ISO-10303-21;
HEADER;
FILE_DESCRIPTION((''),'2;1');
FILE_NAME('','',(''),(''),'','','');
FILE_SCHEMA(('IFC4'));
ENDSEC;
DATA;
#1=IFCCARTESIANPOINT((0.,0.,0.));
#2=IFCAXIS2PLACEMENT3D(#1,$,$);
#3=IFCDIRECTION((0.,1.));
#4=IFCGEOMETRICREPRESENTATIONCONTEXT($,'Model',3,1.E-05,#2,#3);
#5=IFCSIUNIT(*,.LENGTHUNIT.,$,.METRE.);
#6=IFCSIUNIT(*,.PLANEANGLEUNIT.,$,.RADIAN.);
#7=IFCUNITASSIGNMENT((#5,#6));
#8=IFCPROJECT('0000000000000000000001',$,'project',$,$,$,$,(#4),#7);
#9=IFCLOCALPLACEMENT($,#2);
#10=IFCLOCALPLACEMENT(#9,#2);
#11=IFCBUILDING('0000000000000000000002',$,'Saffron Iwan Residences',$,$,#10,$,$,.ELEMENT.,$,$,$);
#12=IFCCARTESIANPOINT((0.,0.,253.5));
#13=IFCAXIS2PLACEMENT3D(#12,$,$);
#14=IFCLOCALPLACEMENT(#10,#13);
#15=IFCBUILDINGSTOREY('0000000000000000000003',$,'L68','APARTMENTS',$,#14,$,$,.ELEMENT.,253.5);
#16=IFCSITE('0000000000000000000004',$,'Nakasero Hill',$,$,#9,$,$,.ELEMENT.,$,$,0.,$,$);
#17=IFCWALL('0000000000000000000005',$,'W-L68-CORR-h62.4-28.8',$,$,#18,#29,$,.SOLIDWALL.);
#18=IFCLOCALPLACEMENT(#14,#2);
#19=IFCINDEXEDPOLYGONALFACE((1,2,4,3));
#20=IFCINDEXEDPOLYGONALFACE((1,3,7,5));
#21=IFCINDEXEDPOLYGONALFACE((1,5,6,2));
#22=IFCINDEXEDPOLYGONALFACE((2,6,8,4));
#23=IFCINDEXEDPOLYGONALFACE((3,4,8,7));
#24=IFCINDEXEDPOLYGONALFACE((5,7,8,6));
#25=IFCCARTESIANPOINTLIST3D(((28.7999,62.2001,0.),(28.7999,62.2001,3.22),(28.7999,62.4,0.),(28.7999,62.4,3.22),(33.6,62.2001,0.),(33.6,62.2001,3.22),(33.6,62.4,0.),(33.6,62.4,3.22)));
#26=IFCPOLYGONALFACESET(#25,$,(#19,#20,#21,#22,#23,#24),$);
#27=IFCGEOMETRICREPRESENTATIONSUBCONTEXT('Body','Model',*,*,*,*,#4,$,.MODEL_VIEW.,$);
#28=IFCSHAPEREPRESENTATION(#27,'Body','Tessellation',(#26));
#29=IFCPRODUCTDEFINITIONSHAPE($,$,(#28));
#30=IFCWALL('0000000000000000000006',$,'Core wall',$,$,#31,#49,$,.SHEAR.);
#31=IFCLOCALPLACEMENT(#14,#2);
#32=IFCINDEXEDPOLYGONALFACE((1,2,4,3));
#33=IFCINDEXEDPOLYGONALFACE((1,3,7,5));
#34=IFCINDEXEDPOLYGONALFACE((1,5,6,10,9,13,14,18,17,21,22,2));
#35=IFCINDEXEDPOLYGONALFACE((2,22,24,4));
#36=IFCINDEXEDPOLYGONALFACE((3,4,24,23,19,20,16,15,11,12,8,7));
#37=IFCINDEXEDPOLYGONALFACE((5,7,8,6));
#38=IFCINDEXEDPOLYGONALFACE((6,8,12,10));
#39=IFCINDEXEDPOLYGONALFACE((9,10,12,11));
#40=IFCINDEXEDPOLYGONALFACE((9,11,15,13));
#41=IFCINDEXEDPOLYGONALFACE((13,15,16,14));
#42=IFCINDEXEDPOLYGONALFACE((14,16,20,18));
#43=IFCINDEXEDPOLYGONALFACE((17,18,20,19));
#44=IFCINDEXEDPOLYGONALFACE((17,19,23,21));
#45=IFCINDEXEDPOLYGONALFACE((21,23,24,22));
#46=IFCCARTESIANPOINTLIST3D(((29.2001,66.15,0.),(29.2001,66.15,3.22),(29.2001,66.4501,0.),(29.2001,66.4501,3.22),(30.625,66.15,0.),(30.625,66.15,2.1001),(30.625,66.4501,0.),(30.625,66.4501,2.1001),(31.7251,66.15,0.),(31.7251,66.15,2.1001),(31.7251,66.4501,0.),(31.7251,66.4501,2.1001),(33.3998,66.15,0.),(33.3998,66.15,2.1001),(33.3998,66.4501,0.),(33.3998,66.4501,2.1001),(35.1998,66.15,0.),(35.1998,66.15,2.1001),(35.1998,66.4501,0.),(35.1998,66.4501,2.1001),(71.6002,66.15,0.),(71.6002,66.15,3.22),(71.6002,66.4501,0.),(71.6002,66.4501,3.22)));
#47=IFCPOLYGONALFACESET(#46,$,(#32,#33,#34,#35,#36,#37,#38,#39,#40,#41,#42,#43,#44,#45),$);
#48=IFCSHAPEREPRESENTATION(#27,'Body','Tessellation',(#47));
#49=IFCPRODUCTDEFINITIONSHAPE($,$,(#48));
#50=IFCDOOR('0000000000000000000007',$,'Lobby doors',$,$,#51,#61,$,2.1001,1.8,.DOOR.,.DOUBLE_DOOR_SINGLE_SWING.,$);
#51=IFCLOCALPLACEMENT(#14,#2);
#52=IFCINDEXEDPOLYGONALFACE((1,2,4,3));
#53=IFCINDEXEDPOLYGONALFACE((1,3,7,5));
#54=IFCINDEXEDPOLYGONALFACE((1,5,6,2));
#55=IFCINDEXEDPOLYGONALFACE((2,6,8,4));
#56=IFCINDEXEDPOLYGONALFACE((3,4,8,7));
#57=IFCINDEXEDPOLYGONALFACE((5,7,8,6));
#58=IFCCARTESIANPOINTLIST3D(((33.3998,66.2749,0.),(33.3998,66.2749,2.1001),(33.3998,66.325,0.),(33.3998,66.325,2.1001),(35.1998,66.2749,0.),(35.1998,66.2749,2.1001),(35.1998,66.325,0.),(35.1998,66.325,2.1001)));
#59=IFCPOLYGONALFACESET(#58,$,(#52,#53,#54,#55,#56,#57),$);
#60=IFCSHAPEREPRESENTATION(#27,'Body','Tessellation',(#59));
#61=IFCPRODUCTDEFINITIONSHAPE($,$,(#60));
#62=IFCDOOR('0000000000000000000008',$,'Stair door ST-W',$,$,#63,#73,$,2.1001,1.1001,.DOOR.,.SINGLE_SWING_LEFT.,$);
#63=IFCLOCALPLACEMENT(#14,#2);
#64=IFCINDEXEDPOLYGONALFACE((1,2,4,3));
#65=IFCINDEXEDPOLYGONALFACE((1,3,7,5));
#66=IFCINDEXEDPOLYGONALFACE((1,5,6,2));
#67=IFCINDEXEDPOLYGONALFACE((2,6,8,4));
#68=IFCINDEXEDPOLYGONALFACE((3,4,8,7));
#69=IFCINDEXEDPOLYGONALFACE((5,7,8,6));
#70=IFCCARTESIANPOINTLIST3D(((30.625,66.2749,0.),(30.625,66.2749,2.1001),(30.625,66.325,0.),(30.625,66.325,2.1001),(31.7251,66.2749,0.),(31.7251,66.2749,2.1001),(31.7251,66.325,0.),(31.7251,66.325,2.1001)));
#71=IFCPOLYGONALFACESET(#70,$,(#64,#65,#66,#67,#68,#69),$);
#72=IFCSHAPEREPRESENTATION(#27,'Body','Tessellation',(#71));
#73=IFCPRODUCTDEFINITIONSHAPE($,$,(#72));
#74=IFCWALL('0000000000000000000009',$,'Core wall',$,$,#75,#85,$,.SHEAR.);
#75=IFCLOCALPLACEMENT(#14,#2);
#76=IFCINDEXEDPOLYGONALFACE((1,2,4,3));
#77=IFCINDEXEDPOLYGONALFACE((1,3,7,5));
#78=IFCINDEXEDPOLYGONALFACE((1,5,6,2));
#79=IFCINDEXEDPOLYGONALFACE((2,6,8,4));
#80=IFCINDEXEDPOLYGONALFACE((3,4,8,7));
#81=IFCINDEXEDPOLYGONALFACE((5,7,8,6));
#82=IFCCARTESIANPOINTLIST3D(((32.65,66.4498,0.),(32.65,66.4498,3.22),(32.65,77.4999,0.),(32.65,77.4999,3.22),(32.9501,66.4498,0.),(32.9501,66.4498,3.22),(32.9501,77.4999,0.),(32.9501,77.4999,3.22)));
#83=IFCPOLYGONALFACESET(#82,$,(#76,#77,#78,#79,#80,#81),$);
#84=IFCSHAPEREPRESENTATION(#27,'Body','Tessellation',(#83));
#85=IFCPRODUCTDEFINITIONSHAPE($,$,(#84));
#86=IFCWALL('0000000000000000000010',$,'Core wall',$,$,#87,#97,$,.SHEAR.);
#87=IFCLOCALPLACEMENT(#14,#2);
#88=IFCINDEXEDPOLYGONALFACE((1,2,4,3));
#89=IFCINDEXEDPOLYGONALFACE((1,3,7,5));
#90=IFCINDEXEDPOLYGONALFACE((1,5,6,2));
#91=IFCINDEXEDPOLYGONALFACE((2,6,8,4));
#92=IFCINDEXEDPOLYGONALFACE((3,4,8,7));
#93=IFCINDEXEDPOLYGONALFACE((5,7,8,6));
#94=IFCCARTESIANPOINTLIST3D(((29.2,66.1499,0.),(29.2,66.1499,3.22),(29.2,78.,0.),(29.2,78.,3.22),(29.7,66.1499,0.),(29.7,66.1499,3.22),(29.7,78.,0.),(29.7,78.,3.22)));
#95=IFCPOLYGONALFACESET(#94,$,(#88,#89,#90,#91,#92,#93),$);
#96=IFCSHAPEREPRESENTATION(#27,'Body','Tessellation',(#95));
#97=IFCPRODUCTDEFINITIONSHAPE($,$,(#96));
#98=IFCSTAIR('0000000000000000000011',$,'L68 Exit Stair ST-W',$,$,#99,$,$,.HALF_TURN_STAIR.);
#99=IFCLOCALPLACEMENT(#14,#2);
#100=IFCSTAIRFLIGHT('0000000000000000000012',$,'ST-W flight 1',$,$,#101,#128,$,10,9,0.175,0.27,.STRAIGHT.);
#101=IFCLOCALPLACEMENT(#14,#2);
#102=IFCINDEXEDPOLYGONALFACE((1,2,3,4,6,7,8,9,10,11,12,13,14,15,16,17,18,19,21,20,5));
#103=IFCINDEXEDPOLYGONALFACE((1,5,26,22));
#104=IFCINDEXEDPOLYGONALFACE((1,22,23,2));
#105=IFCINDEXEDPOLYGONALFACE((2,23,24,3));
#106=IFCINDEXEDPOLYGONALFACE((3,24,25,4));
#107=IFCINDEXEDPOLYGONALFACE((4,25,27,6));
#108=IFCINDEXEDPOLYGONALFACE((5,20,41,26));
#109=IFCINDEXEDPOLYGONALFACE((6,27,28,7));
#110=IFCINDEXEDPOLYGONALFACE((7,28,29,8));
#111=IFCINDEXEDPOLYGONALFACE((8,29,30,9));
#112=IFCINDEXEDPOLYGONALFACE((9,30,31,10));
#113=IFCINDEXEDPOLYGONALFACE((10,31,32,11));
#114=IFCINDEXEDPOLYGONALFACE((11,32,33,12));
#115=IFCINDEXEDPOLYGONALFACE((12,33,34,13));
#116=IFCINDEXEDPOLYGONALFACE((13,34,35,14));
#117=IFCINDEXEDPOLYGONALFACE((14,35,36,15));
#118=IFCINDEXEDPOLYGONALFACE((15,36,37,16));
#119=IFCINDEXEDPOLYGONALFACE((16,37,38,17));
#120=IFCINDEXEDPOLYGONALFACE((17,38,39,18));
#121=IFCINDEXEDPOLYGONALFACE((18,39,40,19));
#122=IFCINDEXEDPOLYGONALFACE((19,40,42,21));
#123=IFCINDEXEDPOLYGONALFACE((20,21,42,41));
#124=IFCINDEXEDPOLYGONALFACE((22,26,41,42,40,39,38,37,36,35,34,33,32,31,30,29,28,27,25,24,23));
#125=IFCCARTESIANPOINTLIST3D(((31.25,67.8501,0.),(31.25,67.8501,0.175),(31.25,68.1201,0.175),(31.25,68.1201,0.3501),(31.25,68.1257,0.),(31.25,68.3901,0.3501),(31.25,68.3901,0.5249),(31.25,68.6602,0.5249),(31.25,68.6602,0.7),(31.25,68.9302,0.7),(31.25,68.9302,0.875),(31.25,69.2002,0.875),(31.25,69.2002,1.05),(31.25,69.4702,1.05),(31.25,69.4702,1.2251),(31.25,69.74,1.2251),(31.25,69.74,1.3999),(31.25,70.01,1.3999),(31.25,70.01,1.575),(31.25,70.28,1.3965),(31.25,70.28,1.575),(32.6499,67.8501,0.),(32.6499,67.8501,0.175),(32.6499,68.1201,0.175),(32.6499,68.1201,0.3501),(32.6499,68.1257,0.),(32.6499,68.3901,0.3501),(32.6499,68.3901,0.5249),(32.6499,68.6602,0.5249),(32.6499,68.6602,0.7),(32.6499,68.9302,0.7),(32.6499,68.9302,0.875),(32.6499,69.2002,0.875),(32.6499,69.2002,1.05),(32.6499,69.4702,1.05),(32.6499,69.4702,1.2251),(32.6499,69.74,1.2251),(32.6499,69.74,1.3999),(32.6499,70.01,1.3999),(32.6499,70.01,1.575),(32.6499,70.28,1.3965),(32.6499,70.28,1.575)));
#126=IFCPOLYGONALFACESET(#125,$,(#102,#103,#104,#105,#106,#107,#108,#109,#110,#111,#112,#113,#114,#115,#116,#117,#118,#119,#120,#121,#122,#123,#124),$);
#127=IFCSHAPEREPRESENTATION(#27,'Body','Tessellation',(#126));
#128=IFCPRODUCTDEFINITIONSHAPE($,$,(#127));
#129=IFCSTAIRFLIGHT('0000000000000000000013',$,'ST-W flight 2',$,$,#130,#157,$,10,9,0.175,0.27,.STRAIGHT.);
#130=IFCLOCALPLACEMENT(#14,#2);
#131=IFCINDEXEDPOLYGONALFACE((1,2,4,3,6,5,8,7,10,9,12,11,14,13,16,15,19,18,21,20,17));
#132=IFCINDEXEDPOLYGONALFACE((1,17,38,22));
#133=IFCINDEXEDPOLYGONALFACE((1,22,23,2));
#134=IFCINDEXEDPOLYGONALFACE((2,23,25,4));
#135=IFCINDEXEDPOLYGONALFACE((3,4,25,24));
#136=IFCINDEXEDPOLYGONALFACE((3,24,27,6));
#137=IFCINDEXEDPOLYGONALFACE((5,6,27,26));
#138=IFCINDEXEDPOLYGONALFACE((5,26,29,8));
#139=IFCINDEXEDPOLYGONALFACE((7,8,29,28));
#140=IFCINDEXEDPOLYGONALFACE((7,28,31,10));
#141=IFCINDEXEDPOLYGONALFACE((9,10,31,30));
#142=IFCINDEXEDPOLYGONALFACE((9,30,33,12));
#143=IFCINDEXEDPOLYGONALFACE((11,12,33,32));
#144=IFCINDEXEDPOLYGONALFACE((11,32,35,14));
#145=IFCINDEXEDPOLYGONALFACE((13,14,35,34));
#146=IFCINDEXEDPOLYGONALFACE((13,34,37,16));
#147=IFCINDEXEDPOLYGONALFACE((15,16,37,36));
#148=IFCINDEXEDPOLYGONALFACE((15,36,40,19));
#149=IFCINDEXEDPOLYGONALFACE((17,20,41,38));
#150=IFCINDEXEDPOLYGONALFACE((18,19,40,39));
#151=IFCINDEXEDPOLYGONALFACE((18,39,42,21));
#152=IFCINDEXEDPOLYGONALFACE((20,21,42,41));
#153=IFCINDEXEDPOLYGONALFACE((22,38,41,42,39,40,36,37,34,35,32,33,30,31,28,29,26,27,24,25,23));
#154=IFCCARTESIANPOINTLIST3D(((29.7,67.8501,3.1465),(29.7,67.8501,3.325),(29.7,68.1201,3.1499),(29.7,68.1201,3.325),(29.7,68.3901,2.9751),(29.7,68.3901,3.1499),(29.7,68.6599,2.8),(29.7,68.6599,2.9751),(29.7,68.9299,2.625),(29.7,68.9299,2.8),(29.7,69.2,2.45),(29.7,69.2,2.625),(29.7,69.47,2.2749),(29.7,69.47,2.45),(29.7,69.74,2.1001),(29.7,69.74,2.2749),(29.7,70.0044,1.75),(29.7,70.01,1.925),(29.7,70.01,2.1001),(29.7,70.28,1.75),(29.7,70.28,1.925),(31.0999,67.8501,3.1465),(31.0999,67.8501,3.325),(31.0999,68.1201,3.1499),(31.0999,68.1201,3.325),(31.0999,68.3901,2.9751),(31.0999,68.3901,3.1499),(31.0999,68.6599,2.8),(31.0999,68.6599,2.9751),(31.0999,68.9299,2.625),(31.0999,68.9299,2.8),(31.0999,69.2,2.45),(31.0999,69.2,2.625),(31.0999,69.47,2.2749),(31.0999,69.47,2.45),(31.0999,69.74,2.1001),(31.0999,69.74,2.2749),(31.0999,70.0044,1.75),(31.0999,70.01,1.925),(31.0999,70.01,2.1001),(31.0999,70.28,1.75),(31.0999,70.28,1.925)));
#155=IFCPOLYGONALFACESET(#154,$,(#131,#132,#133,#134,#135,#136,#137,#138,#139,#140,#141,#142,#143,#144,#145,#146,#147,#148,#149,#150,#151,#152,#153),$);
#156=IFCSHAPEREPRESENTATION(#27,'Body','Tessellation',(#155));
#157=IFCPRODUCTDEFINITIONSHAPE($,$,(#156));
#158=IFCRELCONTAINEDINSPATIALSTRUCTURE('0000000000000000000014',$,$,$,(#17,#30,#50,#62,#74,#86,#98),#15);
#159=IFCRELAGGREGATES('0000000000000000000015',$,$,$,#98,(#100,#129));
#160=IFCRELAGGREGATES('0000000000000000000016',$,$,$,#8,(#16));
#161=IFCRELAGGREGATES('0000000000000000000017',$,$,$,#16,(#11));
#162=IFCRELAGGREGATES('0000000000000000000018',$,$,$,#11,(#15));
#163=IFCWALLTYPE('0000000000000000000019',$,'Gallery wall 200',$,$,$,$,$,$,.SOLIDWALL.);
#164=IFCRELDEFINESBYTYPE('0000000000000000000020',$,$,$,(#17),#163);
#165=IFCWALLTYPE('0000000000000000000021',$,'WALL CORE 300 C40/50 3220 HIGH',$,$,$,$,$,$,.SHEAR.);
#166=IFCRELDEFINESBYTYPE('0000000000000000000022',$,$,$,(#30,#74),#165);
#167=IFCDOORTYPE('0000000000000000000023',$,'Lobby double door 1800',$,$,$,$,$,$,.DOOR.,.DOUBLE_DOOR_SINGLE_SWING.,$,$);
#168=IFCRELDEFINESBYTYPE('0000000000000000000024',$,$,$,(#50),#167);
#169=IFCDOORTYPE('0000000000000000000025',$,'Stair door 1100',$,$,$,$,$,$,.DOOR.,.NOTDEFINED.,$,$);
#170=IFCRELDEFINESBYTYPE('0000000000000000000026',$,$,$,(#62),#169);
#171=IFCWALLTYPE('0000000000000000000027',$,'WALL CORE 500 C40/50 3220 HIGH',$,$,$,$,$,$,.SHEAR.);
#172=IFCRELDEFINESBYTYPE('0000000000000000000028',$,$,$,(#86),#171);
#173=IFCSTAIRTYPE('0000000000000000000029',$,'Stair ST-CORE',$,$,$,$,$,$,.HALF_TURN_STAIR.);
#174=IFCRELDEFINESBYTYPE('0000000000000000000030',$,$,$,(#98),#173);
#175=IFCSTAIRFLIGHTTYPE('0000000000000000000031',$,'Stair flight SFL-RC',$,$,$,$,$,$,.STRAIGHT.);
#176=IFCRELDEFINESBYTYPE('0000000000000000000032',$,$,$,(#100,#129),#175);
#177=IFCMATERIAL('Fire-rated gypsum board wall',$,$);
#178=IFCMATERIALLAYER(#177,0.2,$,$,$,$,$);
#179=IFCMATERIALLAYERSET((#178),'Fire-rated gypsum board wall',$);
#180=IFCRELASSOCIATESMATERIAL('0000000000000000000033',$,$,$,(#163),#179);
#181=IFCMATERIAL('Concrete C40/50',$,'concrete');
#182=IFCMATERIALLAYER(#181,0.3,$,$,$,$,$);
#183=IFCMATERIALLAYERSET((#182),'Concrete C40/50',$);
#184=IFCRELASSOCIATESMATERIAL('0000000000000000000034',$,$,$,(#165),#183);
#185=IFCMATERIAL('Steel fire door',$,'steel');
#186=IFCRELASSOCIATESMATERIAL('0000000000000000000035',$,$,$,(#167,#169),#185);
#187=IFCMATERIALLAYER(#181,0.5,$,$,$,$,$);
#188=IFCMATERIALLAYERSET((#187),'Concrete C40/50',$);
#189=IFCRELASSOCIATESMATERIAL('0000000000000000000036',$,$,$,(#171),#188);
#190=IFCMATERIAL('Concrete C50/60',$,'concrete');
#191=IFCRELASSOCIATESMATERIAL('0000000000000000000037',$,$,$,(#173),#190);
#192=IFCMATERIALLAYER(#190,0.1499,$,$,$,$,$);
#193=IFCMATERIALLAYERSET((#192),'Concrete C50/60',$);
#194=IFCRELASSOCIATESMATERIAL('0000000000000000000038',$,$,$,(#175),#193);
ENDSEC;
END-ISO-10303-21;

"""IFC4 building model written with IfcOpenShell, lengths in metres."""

from ifc_helpers import new_model, si_unit, direction, frame, frame_2d, origin, place, context, subcontext, project, spatial, polyline, rectangle, outline, extrude, material, layer, layer_set, type_object, element, fill, aggregate, save


model = new_model("IFC4")

# Units and contexts
model_context = context("Model", 3, precision=1e-05, world=origin(), true_north=direction((0.0, 1.0)))
body_context = subcontext(model_context, "Body", "Model", "MODEL_VIEW")
ifc_project = project(units=[si_unit("LENGTHUNIT", "METRE"), si_unit("PLANEANGLEUNIT", "RADIAN")], contexts=[model_context])

# Site, building, storey
site_placement = place(None, origin())
site = spatial("IfcSite", under=ifc_project, at=site_placement, Name="Nakasero Hill", CompositionType="ELEMENT", RefElevation=0.0)
building_placement = place(site_placement, origin())
building = spatial("IfcBuilding", under=site, at=building_placement, Name="Saffron Iwan Residences", CompositionType="ELEMENT")
storey_placement = place(building_placement, frame((0.0, 0.0, 253.5)))
storey = spatial("IfcBuildingStorey", under=building, at=storey_placement, Name="L68", Description="APARTMENTS", CompositionType="ELEMENT", Elevation=253.5)

# Wall
ifc_material_1 = material(Name="Fire-rated gypsum board wall")
ifc_layer_1 = layer(ifc_material_1, 0.2)
ifc_layer_set_1 = layer_set([ifc_layer_1], Name="Fire-rated gypsum board wall")
wall_type_1 = type_object("IfcWallType", Name="Gallery wall 200", PredefinedType="SOLIDWALL", material=ifc_layer_set_1)
wall_1_placement = place(storey_placement, frame((28.8, 62.3, 0.0), z_axis=(0.0, 0.0, 1.0), x_axis=(1.0, 0.0, 0.0)))
element("IfcWall", 1, at=wall_1_placement, inside=storey, type_object=wall_type_1, Name="W-L68-CORR-h62.4-28.8", PredefinedType="SOLIDWALL", context=body_context, shape_type="SweptSolid", body=[
    extrude(rectangle(XDim=4.8, YDim=0.2, at=frame_2d((2.3999, 0.0))), origin(), (0.0, 0.0, 1.0), 3.22),
])

# Wall, openings, doors
ifc_material_2 = material(Name="Concrete C40/50", Category="concrete")
ifc_layer_2 = layer(ifc_material_2, 0.3)
ifc_layer_set_2 = layer_set([ifc_layer_2], Name="Concrete C40/50")
wall_type_2 = type_object("IfcWallType", Name="WALL CORE 300 C40/50 3220 HIGH", PredefinedType="SHEAR", material=ifc_layer_set_2)
wall_2_placement = place(storey_placement, frame((29.2, 66.3, 0.0), z_axis=(0.0, 0.0, 1.0), x_axis=(1.0, 0.0, 0.0)))
wall_2 = element("IfcWall", 2, at=wall_2_placement, inside=storey, type_object=wall_type_2, Name="Core wall", PredefinedType="SHEAR", context=body_context, shape_type="SweptSolid", body=[
    extrude(rectangle(XDim=42.4001, YDim=0.3, at=frame_2d((21.2002, 0.0))), origin(), (0.0, 0.0, 1.0), 3.22),
])
opening_1_placement = place(wall_2_placement, frame((1.425, 0.0, 0.0)))
opening_1 = element("IfcOpeningElement", 3, at=opening_1_placement, cuts=wall_2, PredefinedType="OPENING", context=body_context, shape_type="SweptSolid", body=[
    extrude(rectangle(XDim=1.1001, YDim=2.1001, at=frame_2d((0.55, 1.05))), frame((0.0, 0.1602, 0.0), z_axis=(0.0, -1.0, 0.0), x_axis=(1.0, 0.0, 0.0)), (0.0, 0.0, 1.0), 0.3201),
])
opening_2_placement = place(wall_2_placement, frame((4.2, 0.0, 0.0)))
opening_2 = element("IfcOpeningElement", 4, at=opening_2_placement, cuts=wall_2, PredefinedType="OPENING", context=body_context, shape_type="SweptSolid", body=[
    extrude(rectangle(XDim=1.8, YDim=2.1001, at=frame_2d((0.8999, 1.05))), frame((0.0, 0.1602, 0.0), z_axis=(0.0, -1.0, 0.0), x_axis=(1.0, 0.0, 0.0)), (0.0, 0.0, 1.0), 0.3201),
])
ifc_material_3 = material(Name="Steel fire door", Category="steel")
door_type_1 = type_object("IfcDoorType", Name="Lobby double door 1800", OperationType="DOUBLE_DOOR_SINGLE_SWING", PredefinedType="DOOR", material=ifc_material_3)
door_1_placement = place(opening_2_placement, origin())
door_1 = element("IfcDoor", 5, at=door_1_placement, inside=storey, type_object=door_type_1, Name="Lobby doors", OperationType="DOUBLE_DOOR_SINGLE_SWING", OverallHeight=2.1001, OverallWidth=1.8, PredefinedType="DOOR", context=body_context, shape_type="SweptSolid", body=[
    extrude(rectangle(XDim=1.8, YDim=2.1001, at=frame_2d((0.8999, 1.05))), frame((0.0, 0.0249, 0.0), z_axis=(0.0, -1.0, 0.0), x_axis=(1.0, 0.0, 0.0)), (0.0, 0.0, 1.0), 0.05),
])
fill(opening_2, door_1)
door_type_2 = type_object("IfcDoorType", Name="Stair door 1100", OperationType="NOTDEFINED", PredefinedType="DOOR", material=ifc_material_3)
door_2_placement = place(opening_1_placement, origin())
door_2 = element("IfcDoor", 6, at=door_2_placement, inside=storey, type_object=door_type_2, Name="Stair door ST-W", OperationType="SINGLE_SWING_LEFT", OverallHeight=2.1001, OverallWidth=1.1001, PredefinedType="DOOR", context=body_context, shape_type="SweptSolid", body=[
    extrude(rectangle(XDim=1.1001, YDim=2.1001, at=frame_2d((0.55, 1.05))), frame((0.0, 0.0249, 0.0), z_axis=(0.0, -1.0, 0.0), x_axis=(1.0, 0.0, 0.0)), (0.0, 0.0, 1.0), 0.05),
])
fill(opening_1, door_2)

# Walls
wall_3_placement = place(storey_placement, frame((32.8, 66.45, 0.0), z_axis=(0.0, 0.0, 1.0), x_axis=(0.0, 1.0, 0.0)))
element("IfcWall", 7, at=wall_3_placement, inside=storey, type_object=wall_type_2, Name="Core wall", PredefinedType="SHEAR", context=body_context, shape_type="SweptSolid", body=[
    extrude(rectangle(XDim=11.05, YDim=0.3, at=frame_2d((5.5249, 0.0))), origin(), (0.0, 0.0, 1.0), 3.22),
])
ifc_layer_3 = layer(ifc_material_2, 0.5)
ifc_layer_set_3 = layer_set([ifc_layer_3], Name="Concrete C40/50")
wall_type_3 = type_object("IfcWallType", Name="WALL CORE 500 C40/50 3220 HIGH", PredefinedType="SHEAR", material=ifc_layer_set_3)
wall_4_placement = place(storey_placement, frame((29.45, 66.1499, 0.0), z_axis=(0.0, 0.0, 1.0), x_axis=(0.0, 1.0, 0.0)))
element("IfcWall", 8, at=wall_4_placement, inside=storey, type_object=wall_type_3, Name="Core wall", PredefinedType="SHEAR", context=body_context, shape_type="SweptSolid", body=[
    extrude(rectangle(XDim=11.8501, YDim=0.5, at=frame_2d((5.925, 0.0))), origin(), (0.0, 0.0, 1.0), 3.22),
])

# Stair, stair flights
ifc_material_4 = material(Name="Concrete C50/60", Category="concrete")
stair_type = type_object("IfcStairType", Name="Stair ST-CORE", PredefinedType="HALF_TURN_STAIR", material=ifc_material_4)
stair_placement = place(storey_placement, origin())
stair = element("IfcStair", 9, at=stair_placement, inside=storey, type_object=stair_type, Name="L68 Exit Stair ST-W", PredefinedType="HALF_TURN_STAIR")
ifc_layer_4 = layer(ifc_material_4, 0.1499)
ifc_layer_set_4 = layer_set([ifc_layer_4], Name="Concrete C50/60")
stair_flight_type = type_object("IfcStairFlightType", Name="Stair flight SFL-RC", PredefinedType="STRAIGHT", material=ifc_layer_set_4)
stair_flight_1_placement = place(storey_placement, frame((31.95, 67.8501, 0.0), z_axis=(0.0, 0.0, 1.0), x_axis=(0.0, 1.0, 0.0)))
stair_flight_1 = element("IfcStairFlight", 10, at=stair_flight_1_placement, type_object=stair_flight_type, Name="ST-W flight 1", NumberOfRisers=10, NumberOfTreads=9, PredefinedType="STRAIGHT", RiserHeight=0.175, TreadLength=0.27, context=body_context, shape_type="SweptSolid", body=[
    extrude(outline(polyline([(0.0, 0.0), (0.0, 0.175), (0.27, 0.175), (0.27, 0.3501), (0.54, 0.3501), (0.54, 0.5249), (0.8101, 0.5249), (0.8101, 0.7), (1.0801, 0.7), (1.0801, 0.875), (1.3501, 0.875), (1.3501, 1.05), (1.6201, 1.05), (1.6201, 1.2251), (1.8899, 1.2251), (1.8899, 1.3999), (2.1599, 1.3999), (2.1599, 1.575), (2.4299, 1.575), (2.4299, 1.75), (2.4299, 1.3965), (0.2756, 0.0), (0.0, 0.0)])), frame((0.0, 0.7, 0.0), z_axis=(0.0, -1.0, 0.0), x_axis=(1.0, 0.0, 0.0)), (0.0, 0.0, 1.0), 1.3999),
])
stair_flight_2_placement = place(storey_placement, frame((30.3999, 70.28, 1.75), z_axis=(0.0, 0.0, 1.0), x_axis=(0.0, -1.0, 0.0)))
stair_flight_2 = element("IfcStairFlight", 11, at=stair_flight_2_placement, type_object=stair_flight_type, Name="ST-W flight 2", NumberOfRisers=10, NumberOfTreads=9, PredefinedType="STRAIGHT", RiserHeight=0.175, TreadLength=0.27, context=body_context, shape_type="SweptSolid", body=[
    extrude(outline(polyline([(0.0, 0.0), (0.0, 0.175), (0.27, 0.175), (0.27, 0.3501), (0.54, 0.3501), (0.54, 0.5249), (0.8101, 0.5249), (0.8101, 0.7), (1.0801, 0.7), (1.0801, 0.875), (1.3501, 0.875), (1.3501, 1.05), (1.6201, 1.05), (1.6201, 1.2251), (1.8899, 1.2251), (1.8899, 1.3999), (2.1599, 1.3999), (2.1599, 1.575), (2.4299, 1.575), (2.4299, 1.75), (2.4299, 1.3965), (0.2756, 0.0), (0.0, 0.0)])), frame((0.0, 0.7, 0.0), z_axis=(0.0, -1.0, 0.0), x_axis=(1.0, 0.0, 0.0)), (0.0, 0.0, 1.0), 1.3999),
])
aggregate(stair, [stair_flight_1, stair_flight_2])

save(model, "model.ifc")
